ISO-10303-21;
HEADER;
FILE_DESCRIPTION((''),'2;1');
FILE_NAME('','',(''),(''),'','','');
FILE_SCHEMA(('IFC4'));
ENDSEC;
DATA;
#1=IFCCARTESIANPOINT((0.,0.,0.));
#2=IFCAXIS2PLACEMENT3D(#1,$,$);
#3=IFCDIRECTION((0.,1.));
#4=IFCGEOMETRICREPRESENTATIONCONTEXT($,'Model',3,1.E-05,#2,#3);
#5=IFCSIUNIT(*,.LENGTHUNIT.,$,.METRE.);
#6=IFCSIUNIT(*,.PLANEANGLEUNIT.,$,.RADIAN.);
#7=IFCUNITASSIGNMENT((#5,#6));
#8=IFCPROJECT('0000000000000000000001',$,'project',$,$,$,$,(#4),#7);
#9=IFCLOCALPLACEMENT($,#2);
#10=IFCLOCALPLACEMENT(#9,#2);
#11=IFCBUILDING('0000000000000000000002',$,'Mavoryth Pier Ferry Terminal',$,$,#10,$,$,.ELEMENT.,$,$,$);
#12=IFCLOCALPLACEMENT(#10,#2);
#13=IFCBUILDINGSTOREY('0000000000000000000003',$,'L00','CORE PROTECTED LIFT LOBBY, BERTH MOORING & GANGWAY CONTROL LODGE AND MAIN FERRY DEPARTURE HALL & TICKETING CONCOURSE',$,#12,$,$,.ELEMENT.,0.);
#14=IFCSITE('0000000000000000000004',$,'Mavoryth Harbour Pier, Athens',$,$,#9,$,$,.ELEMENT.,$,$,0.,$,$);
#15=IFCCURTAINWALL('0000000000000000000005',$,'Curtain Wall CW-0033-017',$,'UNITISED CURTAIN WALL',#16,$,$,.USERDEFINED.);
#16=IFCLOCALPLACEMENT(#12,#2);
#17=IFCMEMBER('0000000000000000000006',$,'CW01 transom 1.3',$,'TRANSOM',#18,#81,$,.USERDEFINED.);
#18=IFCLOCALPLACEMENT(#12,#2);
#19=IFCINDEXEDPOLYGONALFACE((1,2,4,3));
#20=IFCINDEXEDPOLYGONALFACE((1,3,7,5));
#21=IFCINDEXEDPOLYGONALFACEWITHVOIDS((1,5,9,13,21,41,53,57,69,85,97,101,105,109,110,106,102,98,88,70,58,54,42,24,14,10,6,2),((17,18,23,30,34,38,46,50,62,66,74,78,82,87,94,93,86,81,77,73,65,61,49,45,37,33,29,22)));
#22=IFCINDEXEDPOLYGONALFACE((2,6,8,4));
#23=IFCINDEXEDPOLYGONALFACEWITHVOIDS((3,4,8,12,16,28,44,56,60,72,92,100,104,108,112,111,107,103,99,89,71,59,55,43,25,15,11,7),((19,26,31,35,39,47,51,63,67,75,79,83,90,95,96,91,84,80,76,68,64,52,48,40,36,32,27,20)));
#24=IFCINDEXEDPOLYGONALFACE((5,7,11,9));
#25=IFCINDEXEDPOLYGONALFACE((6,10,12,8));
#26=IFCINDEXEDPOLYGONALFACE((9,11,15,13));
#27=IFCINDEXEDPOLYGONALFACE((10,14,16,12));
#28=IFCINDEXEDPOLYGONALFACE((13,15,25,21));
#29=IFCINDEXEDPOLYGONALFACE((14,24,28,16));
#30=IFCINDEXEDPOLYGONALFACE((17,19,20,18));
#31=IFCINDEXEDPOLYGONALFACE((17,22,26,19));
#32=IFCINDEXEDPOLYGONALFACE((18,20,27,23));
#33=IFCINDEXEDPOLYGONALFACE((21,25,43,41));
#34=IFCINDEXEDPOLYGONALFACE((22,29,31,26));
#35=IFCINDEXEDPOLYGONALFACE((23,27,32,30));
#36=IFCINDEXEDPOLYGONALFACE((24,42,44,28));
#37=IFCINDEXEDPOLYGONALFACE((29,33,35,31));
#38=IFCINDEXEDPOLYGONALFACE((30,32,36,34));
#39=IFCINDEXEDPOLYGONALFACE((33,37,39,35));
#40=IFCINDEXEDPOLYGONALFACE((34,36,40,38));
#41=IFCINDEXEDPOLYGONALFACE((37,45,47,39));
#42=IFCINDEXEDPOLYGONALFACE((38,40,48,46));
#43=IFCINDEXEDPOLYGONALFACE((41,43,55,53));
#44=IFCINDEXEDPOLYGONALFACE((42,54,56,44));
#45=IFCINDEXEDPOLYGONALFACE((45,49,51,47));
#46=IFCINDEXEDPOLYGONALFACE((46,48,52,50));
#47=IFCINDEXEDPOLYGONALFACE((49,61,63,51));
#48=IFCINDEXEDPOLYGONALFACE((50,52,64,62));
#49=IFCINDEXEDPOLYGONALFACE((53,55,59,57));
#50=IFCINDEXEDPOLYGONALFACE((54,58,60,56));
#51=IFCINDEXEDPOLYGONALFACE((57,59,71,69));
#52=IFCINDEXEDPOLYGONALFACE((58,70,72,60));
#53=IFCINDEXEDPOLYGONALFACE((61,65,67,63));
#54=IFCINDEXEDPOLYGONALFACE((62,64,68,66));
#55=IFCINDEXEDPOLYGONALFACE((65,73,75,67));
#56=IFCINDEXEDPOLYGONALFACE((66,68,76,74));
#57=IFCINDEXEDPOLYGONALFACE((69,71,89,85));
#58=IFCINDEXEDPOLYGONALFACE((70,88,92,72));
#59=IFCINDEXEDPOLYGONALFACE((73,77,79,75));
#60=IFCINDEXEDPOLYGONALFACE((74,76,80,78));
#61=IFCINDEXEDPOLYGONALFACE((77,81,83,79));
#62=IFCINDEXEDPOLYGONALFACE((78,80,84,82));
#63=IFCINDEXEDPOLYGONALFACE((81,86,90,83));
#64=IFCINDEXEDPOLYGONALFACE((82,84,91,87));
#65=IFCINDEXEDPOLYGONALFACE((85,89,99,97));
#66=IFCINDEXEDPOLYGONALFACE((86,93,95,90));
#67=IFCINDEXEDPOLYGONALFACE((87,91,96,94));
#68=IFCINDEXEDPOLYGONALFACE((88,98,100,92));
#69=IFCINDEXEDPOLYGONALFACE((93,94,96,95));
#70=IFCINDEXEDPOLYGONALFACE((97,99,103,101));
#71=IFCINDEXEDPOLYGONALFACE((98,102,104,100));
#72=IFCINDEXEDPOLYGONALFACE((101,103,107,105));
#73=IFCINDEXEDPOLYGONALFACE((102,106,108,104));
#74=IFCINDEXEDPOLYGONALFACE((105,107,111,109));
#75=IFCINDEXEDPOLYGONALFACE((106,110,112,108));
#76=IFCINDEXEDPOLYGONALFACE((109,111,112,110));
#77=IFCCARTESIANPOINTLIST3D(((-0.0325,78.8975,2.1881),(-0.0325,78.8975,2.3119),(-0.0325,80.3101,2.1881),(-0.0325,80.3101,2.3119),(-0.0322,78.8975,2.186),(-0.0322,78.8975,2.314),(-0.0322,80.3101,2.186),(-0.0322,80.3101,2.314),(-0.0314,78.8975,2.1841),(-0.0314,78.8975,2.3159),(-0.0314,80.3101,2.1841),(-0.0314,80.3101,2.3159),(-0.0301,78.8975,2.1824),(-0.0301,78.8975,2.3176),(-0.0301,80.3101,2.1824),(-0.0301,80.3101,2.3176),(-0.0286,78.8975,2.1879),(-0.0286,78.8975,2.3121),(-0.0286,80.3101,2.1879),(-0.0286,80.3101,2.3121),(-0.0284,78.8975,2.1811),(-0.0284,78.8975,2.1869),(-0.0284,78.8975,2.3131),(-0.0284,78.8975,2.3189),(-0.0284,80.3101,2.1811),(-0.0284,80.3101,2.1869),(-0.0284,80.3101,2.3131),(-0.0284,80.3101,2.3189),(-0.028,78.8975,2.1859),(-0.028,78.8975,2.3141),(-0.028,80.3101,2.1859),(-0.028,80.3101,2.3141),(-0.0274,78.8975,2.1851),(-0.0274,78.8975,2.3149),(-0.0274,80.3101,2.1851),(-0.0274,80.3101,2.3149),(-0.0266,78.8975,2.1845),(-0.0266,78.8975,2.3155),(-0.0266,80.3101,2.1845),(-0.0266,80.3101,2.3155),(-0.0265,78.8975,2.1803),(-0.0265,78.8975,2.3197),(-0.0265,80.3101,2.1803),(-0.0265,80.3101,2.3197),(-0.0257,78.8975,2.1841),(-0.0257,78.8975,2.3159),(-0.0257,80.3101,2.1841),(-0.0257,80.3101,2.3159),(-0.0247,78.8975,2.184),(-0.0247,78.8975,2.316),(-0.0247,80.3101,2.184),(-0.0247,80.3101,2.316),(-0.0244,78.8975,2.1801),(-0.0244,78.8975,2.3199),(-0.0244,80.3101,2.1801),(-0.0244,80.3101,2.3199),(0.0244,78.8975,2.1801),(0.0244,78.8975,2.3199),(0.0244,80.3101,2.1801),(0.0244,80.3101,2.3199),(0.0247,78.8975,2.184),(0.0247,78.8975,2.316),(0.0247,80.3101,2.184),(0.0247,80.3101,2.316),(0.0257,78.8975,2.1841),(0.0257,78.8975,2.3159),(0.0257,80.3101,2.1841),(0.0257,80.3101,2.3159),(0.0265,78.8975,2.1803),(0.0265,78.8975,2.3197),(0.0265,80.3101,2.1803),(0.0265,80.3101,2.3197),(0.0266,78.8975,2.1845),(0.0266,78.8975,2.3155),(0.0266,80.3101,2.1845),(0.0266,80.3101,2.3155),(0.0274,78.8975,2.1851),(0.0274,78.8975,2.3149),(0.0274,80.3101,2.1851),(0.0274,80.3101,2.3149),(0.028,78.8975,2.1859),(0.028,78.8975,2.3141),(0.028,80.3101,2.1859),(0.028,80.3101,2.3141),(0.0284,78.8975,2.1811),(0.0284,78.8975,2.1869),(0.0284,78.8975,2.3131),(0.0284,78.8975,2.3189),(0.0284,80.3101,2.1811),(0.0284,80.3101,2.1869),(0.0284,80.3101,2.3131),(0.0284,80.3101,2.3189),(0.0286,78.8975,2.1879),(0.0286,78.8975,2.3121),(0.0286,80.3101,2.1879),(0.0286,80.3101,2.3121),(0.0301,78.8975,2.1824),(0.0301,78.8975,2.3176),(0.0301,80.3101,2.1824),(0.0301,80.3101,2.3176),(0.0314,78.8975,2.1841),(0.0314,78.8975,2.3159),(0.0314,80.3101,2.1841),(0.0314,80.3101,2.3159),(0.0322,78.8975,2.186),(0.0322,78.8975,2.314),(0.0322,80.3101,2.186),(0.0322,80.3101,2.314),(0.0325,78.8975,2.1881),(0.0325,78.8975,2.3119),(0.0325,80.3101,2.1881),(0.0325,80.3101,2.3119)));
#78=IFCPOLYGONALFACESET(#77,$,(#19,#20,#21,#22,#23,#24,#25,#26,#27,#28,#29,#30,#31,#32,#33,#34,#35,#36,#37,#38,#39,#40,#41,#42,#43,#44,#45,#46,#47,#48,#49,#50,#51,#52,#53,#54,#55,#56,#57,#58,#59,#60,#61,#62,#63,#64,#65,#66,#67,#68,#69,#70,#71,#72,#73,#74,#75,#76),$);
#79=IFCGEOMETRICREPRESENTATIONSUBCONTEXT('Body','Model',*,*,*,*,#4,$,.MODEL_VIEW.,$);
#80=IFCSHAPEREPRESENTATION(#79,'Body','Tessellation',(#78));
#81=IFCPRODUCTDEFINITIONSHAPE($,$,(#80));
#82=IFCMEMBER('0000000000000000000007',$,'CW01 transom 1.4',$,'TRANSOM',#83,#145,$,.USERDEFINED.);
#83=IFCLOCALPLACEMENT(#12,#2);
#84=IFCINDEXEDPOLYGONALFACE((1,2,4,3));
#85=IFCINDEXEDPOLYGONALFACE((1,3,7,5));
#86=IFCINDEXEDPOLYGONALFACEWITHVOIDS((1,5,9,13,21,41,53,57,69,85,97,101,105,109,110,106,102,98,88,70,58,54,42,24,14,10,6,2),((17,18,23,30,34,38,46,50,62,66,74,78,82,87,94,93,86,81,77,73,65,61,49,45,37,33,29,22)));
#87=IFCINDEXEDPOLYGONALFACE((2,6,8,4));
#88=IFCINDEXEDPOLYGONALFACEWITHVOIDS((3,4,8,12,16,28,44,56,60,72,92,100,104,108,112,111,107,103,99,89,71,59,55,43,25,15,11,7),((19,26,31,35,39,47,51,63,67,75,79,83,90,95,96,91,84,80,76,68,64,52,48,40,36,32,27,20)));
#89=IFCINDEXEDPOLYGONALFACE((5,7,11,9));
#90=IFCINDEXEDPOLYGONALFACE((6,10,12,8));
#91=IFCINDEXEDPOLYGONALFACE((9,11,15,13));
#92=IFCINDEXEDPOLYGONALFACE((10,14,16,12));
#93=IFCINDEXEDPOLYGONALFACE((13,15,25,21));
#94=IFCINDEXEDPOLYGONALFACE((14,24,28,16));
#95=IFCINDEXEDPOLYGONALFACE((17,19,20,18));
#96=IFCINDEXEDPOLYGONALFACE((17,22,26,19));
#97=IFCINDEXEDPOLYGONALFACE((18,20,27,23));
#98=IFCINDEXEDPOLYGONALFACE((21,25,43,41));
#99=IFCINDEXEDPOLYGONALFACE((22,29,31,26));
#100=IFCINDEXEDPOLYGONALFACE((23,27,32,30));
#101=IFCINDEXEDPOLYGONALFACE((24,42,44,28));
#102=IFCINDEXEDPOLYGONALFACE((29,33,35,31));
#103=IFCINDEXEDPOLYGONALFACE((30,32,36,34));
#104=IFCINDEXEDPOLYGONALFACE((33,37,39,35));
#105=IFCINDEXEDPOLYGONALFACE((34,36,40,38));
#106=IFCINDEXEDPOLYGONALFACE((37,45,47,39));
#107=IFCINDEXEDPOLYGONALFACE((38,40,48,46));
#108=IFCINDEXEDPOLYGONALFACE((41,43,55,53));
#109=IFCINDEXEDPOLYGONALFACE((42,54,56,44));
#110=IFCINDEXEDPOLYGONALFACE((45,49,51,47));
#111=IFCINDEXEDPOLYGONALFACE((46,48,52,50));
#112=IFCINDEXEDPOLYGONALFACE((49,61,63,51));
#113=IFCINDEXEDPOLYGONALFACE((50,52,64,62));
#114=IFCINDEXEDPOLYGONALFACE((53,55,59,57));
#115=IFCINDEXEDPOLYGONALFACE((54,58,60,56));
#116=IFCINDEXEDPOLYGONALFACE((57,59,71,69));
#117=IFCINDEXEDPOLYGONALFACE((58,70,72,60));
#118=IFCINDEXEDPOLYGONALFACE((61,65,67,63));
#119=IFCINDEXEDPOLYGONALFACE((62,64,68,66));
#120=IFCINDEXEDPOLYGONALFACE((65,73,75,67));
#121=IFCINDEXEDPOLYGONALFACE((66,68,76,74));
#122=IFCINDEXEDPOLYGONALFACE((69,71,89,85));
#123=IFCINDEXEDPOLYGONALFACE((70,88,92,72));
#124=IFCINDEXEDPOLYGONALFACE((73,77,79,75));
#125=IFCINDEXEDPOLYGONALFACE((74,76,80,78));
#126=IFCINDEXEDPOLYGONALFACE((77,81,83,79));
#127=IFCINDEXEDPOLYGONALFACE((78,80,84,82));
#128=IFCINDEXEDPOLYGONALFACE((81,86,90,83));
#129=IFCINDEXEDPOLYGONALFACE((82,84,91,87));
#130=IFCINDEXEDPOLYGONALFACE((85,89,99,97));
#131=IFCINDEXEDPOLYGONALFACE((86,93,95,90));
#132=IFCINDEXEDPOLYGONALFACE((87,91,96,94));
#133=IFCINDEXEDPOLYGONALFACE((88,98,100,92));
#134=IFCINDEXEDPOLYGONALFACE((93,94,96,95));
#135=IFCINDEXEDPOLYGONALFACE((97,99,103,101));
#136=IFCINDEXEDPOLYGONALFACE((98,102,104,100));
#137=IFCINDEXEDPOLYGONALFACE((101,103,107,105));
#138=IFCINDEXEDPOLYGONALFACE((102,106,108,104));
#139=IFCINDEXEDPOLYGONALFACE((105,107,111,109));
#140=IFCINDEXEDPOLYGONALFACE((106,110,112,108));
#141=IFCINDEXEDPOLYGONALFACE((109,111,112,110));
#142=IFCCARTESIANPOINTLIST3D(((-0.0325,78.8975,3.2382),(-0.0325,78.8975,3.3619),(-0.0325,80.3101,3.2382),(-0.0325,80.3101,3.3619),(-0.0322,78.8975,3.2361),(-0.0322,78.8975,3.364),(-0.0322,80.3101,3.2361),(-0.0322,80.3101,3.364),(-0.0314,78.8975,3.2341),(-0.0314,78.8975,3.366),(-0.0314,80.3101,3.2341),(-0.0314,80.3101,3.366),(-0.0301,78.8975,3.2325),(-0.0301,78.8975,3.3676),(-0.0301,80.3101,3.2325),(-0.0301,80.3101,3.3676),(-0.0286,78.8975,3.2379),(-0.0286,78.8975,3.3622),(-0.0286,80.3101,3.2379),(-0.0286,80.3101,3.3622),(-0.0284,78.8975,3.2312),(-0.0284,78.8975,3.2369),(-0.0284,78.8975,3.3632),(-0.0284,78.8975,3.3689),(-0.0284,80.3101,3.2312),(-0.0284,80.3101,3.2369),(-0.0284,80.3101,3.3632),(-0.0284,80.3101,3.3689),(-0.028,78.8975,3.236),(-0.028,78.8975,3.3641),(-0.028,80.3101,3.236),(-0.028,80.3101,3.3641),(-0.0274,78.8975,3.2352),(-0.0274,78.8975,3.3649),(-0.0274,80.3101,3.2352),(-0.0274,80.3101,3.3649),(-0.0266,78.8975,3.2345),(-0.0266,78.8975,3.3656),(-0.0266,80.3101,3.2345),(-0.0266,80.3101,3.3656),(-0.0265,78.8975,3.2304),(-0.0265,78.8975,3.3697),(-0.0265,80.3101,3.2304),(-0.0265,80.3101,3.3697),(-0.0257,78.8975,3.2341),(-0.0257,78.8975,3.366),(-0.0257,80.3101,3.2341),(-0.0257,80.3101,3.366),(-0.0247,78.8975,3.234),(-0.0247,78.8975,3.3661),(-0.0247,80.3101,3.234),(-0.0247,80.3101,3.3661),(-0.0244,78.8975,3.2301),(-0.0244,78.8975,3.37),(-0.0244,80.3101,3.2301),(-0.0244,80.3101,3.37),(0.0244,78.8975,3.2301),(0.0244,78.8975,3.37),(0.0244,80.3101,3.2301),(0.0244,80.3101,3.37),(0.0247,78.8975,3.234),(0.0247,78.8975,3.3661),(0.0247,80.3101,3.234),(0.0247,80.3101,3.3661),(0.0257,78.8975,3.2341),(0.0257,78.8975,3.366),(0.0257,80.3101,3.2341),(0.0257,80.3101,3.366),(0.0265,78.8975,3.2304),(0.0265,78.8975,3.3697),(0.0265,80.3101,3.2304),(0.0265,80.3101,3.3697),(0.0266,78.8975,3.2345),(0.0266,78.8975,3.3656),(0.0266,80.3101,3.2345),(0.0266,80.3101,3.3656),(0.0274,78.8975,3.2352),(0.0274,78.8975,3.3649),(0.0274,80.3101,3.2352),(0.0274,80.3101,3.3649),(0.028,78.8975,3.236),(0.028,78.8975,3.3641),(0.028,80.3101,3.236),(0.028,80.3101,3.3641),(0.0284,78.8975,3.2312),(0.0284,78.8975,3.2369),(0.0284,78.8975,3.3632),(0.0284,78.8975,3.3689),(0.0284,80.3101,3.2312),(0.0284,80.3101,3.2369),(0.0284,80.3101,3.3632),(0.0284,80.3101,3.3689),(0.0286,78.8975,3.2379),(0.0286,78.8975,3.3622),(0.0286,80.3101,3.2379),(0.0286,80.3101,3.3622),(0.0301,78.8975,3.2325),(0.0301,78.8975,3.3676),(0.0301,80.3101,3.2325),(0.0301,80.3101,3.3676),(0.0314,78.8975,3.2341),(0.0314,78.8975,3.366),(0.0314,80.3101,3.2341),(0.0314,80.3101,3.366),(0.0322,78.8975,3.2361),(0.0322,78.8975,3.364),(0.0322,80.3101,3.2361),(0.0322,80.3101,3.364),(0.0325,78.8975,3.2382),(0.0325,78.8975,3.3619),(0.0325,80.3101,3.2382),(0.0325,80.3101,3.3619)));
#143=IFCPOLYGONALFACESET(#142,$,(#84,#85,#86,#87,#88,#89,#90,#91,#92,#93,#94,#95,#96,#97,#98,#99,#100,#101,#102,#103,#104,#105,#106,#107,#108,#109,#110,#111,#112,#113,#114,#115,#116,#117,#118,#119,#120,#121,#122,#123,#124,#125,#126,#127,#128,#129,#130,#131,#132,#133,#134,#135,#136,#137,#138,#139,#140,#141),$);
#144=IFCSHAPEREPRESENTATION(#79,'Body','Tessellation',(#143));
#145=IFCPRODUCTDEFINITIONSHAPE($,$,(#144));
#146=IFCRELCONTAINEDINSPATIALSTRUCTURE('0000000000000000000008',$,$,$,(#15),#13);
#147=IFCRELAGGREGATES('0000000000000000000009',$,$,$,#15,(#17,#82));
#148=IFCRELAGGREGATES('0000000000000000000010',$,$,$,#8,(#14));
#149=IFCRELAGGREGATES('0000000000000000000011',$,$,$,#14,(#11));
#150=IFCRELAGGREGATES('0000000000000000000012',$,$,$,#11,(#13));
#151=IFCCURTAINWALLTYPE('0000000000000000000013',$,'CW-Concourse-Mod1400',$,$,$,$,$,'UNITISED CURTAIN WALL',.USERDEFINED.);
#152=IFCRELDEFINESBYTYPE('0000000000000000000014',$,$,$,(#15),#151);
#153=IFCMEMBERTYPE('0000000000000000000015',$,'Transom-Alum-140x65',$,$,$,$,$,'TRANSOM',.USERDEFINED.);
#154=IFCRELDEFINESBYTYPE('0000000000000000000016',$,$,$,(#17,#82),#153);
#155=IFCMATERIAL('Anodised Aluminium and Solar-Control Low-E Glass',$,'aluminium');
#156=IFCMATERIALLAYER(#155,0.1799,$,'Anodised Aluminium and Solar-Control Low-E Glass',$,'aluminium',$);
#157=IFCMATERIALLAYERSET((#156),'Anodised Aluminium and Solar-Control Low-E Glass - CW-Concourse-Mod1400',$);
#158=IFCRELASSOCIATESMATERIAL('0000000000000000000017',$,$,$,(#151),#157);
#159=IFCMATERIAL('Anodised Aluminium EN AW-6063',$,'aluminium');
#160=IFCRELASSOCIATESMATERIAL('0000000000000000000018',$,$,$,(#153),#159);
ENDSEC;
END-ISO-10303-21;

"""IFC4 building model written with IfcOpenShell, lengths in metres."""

from ifc_helpers import new_model, si_unit, direction, frame, origin, origin_2d, place, context, subcontext, project, spatial, hollow_rectangle, extrude, material, layer, layer_set, material_profile, profile_set, type_object, element, aggregate, save


model = new_model("IFC4")

# Units and contexts
model_context = context("Model", 3, precision=1e-05, world=origin(), true_north=direction((0.0, 1.0)))
body_context = subcontext(model_context, "Body", "Model", "MODEL_VIEW")
ifc_project = project(units=[si_unit("LENGTHUNIT", "METRE"), si_unit("PLANEANGLEUNIT", "RADIAN")], contexts=[model_context])

# Site, building, storey
site_placement = place(None, origin())
site = spatial("IfcSite", under=ifc_project, at=site_placement, Name="Mavoryth Harbour Pier, Athens", CompositionType="ELEMENT", RefElevation=0.0)
building_placement = place(site_placement, origin())
building = spatial("IfcBuilding", under=site, at=building_placement, Name="Mavoryth Pier Ferry Terminal", CompositionType="ELEMENT")
storey_placement = place(building_placement, origin())
storey = spatial("IfcBuildingStorey", under=building, at=storey_placement, Name="L00", Description="CORE PROTECTED LIFT LOBBY, BERTH MOORING & GANGWAY CONTROL LODGE AND MAIN FERRY DEPARTURE HALL & TICKETING CONCOURSE", CompositionType="ELEMENT", Elevation=0.0)

# Curtain wall, members
ifc_material_1 = material(Name="Anodised Aluminium and Solar-Control Low-E Glass", Category="aluminium")
ifc_layer_1 = layer(ifc_material_1, 0.1799, Name="Anodised Aluminium and Solar-Control Low-E Glass", Category="aluminium")
ifc_layer_set_1 = layer_set([ifc_layer_1], Name="Anodised Aluminium and Solar-Control Low-E Glass - CW-Concourse-Mod1400")
curtain_wall_type = type_object("IfcCurtainWallType", Name="CW-Concourse-Mod1400", ElementType="UNITISED CURTAIN WALL", PredefinedType="USERDEFINED", material=ifc_layer_set_1)
curtain_wall_placement = place(storey_placement, origin())
curtain_wall = element("IfcCurtainWall", 1, at=curtain_wall_placement, inside=storey, type_object=curtain_wall_type, Name="Curtain Wall CW-0033-017", ObjectType="UNITISED CURTAIN WALL", PredefinedType="USERDEFINED")
ifc_material_2 = material(Name="Anodised Aluminium EN AW-6063", Category="aluminium")
ifc_material_profile_1 = material_profile(ifc_material_2, hollow_rectangle(XDim=0.0649, YDim=0.1399, WallThickness=0.0039, InnerFilletRadius=0.0039, OuterFilletRadius=0.0081, at=origin_2d()), Name="AL-TRAN 140x65x4", Category="aluminium")
ifc_profile_set_1 = profile_set([ifc_material_profile_1], Name="Anodised Aluminium EN AW-6063 - AL-TRAN 140x65x4")
member_type_1 = type_object("IfcMemberType", Name="Transom-Alum-140x65", ElementType="TRANSOM", PredefinedType="USERDEFINED", material=ifc_profile_set_1)
member_1_placement = place(storey_placement, frame((0.0, 80.3101, 2.25), z_axis=(0.0, -1.0, 0.0), x_axis=(1.0, 0.0, 0.0)))
member_1 = element("IfcMember", 2, at=member_1_placement, type_object=member_type_1, Name="CW01 transom 1.3", ObjectType="TRANSOM", PredefinedType="USERDEFINED", context=body_context, shape_type="SweptSolid", body=[
    extrude(hollow_rectangle(XDim=0.0649, YDim=0.1399, WallThickness=0.0039, InnerFilletRadius=0.0039, OuterFilletRadius=0.0081, at=origin_2d()), origin(), (0.0, 0.0, 1.0), 1.4126),
])
member_2_placement = place(storey_placement, frame((0.0, 80.3101, 3.3), z_axis=(0.0, -1.0, 0.0), x_axis=(1.0, 0.0, 0.0)))
member_2 = element("IfcMember", 3, at=member_2_placement, type_object=member_type_1, Name="CW01 transom 1.4", ObjectType="TRANSOM", PredefinedType="USERDEFINED", context=body_context, shape_type="SweptSolid", body=[
    extrude(hollow_rectangle(XDim=0.0649, YDim=0.1399, WallThickness=0.0039, InnerFilletRadius=0.0039, OuterFilletRadius=0.0081, at=origin_2d()), origin(), (0.0, 0.0, 1.0), 1.4126),
])
aggregate(curtain_wall, [member_1, member_2])

save(model, "model.ifc")
